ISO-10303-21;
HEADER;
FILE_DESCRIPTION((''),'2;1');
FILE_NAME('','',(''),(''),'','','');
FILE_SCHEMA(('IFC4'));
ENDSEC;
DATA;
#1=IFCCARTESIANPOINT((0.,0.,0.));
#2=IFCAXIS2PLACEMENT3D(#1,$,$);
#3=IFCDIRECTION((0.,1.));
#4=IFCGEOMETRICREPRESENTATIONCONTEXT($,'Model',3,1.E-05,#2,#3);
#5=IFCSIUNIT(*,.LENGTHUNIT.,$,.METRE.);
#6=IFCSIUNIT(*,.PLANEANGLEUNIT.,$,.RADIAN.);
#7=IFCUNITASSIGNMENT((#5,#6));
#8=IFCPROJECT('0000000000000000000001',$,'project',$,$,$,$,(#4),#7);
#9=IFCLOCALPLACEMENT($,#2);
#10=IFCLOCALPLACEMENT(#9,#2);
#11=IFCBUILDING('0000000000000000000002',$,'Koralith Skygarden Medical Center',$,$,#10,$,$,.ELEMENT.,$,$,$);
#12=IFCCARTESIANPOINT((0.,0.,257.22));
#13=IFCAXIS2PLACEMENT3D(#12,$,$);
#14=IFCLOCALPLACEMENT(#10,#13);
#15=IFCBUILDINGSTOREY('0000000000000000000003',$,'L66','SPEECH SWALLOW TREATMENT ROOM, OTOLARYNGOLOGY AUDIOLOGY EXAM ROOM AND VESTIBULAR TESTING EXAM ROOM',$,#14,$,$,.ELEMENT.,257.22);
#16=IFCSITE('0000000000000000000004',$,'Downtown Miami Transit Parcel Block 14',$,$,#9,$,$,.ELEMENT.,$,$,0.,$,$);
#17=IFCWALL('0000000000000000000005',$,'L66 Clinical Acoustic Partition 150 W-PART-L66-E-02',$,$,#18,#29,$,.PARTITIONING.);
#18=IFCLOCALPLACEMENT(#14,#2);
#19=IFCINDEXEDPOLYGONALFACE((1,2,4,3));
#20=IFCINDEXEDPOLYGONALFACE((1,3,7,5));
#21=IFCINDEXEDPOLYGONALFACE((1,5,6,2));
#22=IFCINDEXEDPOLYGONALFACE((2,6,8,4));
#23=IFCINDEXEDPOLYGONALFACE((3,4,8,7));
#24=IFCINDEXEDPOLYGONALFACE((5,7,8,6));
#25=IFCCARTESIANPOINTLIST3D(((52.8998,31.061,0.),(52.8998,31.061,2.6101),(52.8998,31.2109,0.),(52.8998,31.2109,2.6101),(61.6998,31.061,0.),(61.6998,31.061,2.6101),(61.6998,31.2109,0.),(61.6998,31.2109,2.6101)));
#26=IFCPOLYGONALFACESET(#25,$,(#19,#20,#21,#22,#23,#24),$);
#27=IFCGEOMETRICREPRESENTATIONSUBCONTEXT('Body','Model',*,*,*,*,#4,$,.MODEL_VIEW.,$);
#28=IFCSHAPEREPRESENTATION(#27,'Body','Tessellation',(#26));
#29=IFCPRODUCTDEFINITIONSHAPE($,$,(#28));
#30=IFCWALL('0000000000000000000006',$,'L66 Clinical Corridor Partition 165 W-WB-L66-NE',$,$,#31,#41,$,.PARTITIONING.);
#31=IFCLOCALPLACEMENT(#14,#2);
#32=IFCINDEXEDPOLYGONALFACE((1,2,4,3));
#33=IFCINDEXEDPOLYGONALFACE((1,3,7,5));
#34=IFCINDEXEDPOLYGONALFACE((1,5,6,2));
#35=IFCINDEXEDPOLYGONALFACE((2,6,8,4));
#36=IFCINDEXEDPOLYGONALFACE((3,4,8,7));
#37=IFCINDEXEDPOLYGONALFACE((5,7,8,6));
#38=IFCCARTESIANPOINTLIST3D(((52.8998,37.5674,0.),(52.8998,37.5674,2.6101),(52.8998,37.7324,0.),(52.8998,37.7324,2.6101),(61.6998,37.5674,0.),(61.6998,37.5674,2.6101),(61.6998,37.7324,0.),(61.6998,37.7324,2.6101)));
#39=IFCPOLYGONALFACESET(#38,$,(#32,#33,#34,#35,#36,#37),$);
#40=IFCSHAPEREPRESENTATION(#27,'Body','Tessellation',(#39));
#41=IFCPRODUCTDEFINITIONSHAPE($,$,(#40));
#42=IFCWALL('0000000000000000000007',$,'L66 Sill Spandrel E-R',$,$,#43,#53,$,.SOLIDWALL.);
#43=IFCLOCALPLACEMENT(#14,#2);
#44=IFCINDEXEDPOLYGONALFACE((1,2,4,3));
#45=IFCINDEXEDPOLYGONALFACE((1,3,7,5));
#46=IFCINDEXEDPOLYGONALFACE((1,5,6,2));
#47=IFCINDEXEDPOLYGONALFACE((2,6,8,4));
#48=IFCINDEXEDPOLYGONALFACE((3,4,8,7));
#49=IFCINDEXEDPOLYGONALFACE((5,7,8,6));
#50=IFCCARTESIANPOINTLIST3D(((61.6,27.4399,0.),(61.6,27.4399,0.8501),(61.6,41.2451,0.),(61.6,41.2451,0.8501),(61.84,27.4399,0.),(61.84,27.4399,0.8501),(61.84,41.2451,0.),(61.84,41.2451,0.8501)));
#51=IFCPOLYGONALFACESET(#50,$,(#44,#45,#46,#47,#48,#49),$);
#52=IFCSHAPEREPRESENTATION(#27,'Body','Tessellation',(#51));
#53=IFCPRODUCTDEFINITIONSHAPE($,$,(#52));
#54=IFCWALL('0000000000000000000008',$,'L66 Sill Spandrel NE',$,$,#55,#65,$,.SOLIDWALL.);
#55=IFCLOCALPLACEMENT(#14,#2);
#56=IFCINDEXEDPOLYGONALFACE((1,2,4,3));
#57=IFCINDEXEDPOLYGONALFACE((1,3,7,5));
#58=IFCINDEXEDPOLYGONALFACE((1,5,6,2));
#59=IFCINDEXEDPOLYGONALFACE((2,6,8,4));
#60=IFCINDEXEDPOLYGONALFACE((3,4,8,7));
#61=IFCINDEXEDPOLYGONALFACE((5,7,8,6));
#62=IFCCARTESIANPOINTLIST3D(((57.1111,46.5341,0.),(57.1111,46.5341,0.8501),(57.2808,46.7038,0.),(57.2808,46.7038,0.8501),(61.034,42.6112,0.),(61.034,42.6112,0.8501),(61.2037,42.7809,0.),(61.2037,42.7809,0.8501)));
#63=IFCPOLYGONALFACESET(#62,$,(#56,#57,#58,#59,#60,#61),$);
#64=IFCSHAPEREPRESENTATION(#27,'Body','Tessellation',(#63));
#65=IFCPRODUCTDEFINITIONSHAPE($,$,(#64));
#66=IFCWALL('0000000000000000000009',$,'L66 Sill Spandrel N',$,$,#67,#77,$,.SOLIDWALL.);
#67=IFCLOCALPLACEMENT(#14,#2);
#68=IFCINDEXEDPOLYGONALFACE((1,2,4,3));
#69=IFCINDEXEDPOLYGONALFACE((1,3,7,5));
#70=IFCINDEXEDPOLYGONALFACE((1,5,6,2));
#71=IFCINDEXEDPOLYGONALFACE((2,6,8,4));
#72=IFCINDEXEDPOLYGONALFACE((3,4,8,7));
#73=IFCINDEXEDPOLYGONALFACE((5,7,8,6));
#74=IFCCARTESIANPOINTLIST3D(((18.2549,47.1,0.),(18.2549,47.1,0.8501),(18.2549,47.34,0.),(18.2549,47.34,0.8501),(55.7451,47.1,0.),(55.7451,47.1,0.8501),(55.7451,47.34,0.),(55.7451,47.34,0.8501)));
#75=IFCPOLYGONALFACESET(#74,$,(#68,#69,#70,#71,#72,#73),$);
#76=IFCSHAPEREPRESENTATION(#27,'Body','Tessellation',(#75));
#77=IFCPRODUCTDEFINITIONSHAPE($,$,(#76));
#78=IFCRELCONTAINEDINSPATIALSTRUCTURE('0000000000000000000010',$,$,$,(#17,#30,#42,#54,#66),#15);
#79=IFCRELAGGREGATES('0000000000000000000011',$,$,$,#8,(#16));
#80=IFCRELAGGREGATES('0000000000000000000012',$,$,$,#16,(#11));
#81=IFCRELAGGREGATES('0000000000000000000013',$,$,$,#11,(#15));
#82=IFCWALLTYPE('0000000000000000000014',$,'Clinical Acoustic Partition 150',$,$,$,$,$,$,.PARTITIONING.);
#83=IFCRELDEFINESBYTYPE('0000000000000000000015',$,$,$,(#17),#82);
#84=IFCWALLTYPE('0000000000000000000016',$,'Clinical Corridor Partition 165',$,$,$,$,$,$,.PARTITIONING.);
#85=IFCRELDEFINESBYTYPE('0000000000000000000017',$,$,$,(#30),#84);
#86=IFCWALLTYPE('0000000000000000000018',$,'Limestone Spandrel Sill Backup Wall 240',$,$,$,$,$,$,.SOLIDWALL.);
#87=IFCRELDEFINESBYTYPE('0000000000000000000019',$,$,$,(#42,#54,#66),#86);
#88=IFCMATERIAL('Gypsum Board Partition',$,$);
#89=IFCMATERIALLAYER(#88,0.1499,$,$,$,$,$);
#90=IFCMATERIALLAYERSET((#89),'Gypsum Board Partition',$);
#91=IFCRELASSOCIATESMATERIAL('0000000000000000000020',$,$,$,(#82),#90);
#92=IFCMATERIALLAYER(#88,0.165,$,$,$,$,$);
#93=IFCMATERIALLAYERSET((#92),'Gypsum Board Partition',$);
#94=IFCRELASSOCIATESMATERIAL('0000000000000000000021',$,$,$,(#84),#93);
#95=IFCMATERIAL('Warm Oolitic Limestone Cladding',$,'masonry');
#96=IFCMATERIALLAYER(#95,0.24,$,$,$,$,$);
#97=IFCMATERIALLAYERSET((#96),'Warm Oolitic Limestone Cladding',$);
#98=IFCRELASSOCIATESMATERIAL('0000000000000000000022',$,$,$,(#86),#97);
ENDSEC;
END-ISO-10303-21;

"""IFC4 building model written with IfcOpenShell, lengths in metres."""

from ifc_helpers import new_model, si_unit, direction, frame, frame_2d, origin, place, context, subcontext, project, spatial, rectangle, extrude, material, layer, layer_set, type_object, element, save


model = new_model("IFC4")

# Units and contexts
model_context = context("Model", 3, precision=1e-05, world=origin(), true_north=direction((0.0, 1.0)))
body_context = subcontext(model_context, "Body", "Model", "MODEL_VIEW")
ifc_project = project(units=[si_unit("LENGTHUNIT", "METRE"), si_unit("PLANEANGLEUNIT", "RADIAN")], contexts=[model_context])

# Site, building, storey
site_placement = place(None, origin())
site = spatial("IfcSite", under=ifc_project, at=site_placement, Name="Downtown Miami Transit Parcel Block 14", CompositionType="ELEMENT", RefElevation=0.0)
building_placement = place(site_placement, origin())
building = spatial("IfcBuilding", under=site, at=building_placement, Name="Koralith Skygarden Medical Center", CompositionType="ELEMENT")
storey_placement = place(building_placement, frame((0.0, 0.0, 257.22)))
storey = spatial("IfcBuildingStorey", under=building, at=storey_placement, Name="L66", Description="SPEECH SWALLOW TREATMENT ROOM, OTOLARYNGOLOGY AUDIOLOGY EXAM ROOM AND VESTIBULAR TESTING EXAM ROOM", CompositionType="ELEMENT", Elevation=257.22)

# Shared definitions
ifc_material_1 = material(Name="Warm Oolitic Limestone Cladding", Category="masonry")

# Walls
ifc_material_2 = material(Name="Gypsum Board Partition")
ifc_layer_1 = layer(ifc_material_2, 0.1499)
ifc_layer_set_1 = layer_set([ifc_layer_1], Name="Gypsum Board Partition")
wall_type_1 = type_object("IfcWallType", Name="Clinical Acoustic Partition 150", PredefinedType="PARTITIONING", material=ifc_layer_set_1)
wall_1_placement = place(storey_placement, frame((52.8999, 31.136, 0.0), z_axis=(0.0, 0.0, 1.0), x_axis=(1.0, 0.0, 0.0)))
element("IfcWall", 1, at=wall_1_placement, inside=storey, type_object=wall_type_1, Name="L66 Clinical Acoustic Partition 150 W-PART-L66-E-02", PredefinedType="PARTITIONING", context=body_context, shape_type="SweptSolid", body=[
    extrude(rectangle(XDim=8.8, YDim=0.1499, at=frame_2d((4.3999, 0.0))), origin(), (0.0, 0.0, 1.0), 2.6101),
])
ifc_layer_2 = layer(ifc_material_2, 0.165)
ifc_layer_set_2 = layer_set([ifc_layer_2], Name="Gypsum Board Partition")
wall_type_2 = type_object("IfcWallType", Name="Clinical Corridor Partition 165", PredefinedType="PARTITIONING", material=ifc_layer_set_2)
wall_2_placement = place(storey_placement, frame((52.8999, 37.6499, 0.0), z_axis=(0.0, 0.0, 1.0), x_axis=(1.0, 0.0, 0.0)))
element("IfcWall", 2, at=wall_2_placement, inside=storey, type_object=wall_type_2, Name="L66 Clinical Corridor Partition 165 W-WB-L66-NE", PredefinedType="PARTITIONING", context=body_context, shape_type="SweptSolid", body=[
    extrude(rectangle(XDim=8.8, YDim=0.165, at=frame_2d((4.3999, 0.0))), origin(), (0.0, 0.0, 1.0), 2.6101),
])

# Walls
ifc_layer_3 = layer(ifc_material_1, 0.24)
ifc_layer_set_3 = layer_set([ifc_layer_3], Name="Warm Oolitic Limestone Cladding")
wall_type_3 = type_object("IfcWallType", Name="Limestone Spandrel Sill Backup Wall 240", PredefinedType="SOLIDWALL", material=ifc_layer_set_3)
wall_3_placement = place(storey_placement, frame((61.72, 27.4399, 0.0), z_axis=(0.0, 0.0, 1.0), x_axis=(0.0, 1.0, 0.0)))
element("IfcWall", 3, at=wall_3_placement, inside=storey, type_object=wall_type_3, Name="L66 Sill Spandrel E-R", PredefinedType="SOLIDWALL", context=body_context, shape_type="SweptSolid", body=[
    extrude(rectangle(XDim=13.8052, YDim=0.24, at=frame_2d((6.9026, 0.0))), origin(), (0.0, 0.0, 1.0), 0.8501),
])
wall_4_placement = place(storey_placement, frame((61.1189, 42.696, 0.0), z_axis=(0.0, 0.0, 1.0), x_axis=(-0.707107, 0.707107, 0.0)))
element("IfcWall", 4, at=wall_4_placement, inside=storey, type_object=wall_type_3, Name="L66 Sill Spandrel NE", PredefinedType="SOLIDWALL", context=body_context, shape_type="SweptSolid", body=[
    extrude(rectangle(XDim=5.5479, YDim=0.24, at=frame_2d((2.7739, 0.0))), origin(), (0.0, 0.0, 1.0), 0.8501),
])
wall_5_placement = place(storey_placement, frame((55.7451, 47.22, 0.0), z_axis=(0.0, 0.0, 1.0), x_axis=(-1.0, 0.0, 0.0)))
element("IfcWall", 5, at=wall_5_placement, inside=storey, type_object=wall_type_3, Name="L66 Sill Spandrel N", PredefinedType="SOLIDWALL", context=body_context, shape_type="SweptSolid", body=[
    extrude(rectangle(XDim=37.4902, YDim=0.24, at=frame_2d((18.7451, 0.0))), origin(), (0.0, 0.0, 1.0), 0.8501),
])

save(model, "model.ifc")
